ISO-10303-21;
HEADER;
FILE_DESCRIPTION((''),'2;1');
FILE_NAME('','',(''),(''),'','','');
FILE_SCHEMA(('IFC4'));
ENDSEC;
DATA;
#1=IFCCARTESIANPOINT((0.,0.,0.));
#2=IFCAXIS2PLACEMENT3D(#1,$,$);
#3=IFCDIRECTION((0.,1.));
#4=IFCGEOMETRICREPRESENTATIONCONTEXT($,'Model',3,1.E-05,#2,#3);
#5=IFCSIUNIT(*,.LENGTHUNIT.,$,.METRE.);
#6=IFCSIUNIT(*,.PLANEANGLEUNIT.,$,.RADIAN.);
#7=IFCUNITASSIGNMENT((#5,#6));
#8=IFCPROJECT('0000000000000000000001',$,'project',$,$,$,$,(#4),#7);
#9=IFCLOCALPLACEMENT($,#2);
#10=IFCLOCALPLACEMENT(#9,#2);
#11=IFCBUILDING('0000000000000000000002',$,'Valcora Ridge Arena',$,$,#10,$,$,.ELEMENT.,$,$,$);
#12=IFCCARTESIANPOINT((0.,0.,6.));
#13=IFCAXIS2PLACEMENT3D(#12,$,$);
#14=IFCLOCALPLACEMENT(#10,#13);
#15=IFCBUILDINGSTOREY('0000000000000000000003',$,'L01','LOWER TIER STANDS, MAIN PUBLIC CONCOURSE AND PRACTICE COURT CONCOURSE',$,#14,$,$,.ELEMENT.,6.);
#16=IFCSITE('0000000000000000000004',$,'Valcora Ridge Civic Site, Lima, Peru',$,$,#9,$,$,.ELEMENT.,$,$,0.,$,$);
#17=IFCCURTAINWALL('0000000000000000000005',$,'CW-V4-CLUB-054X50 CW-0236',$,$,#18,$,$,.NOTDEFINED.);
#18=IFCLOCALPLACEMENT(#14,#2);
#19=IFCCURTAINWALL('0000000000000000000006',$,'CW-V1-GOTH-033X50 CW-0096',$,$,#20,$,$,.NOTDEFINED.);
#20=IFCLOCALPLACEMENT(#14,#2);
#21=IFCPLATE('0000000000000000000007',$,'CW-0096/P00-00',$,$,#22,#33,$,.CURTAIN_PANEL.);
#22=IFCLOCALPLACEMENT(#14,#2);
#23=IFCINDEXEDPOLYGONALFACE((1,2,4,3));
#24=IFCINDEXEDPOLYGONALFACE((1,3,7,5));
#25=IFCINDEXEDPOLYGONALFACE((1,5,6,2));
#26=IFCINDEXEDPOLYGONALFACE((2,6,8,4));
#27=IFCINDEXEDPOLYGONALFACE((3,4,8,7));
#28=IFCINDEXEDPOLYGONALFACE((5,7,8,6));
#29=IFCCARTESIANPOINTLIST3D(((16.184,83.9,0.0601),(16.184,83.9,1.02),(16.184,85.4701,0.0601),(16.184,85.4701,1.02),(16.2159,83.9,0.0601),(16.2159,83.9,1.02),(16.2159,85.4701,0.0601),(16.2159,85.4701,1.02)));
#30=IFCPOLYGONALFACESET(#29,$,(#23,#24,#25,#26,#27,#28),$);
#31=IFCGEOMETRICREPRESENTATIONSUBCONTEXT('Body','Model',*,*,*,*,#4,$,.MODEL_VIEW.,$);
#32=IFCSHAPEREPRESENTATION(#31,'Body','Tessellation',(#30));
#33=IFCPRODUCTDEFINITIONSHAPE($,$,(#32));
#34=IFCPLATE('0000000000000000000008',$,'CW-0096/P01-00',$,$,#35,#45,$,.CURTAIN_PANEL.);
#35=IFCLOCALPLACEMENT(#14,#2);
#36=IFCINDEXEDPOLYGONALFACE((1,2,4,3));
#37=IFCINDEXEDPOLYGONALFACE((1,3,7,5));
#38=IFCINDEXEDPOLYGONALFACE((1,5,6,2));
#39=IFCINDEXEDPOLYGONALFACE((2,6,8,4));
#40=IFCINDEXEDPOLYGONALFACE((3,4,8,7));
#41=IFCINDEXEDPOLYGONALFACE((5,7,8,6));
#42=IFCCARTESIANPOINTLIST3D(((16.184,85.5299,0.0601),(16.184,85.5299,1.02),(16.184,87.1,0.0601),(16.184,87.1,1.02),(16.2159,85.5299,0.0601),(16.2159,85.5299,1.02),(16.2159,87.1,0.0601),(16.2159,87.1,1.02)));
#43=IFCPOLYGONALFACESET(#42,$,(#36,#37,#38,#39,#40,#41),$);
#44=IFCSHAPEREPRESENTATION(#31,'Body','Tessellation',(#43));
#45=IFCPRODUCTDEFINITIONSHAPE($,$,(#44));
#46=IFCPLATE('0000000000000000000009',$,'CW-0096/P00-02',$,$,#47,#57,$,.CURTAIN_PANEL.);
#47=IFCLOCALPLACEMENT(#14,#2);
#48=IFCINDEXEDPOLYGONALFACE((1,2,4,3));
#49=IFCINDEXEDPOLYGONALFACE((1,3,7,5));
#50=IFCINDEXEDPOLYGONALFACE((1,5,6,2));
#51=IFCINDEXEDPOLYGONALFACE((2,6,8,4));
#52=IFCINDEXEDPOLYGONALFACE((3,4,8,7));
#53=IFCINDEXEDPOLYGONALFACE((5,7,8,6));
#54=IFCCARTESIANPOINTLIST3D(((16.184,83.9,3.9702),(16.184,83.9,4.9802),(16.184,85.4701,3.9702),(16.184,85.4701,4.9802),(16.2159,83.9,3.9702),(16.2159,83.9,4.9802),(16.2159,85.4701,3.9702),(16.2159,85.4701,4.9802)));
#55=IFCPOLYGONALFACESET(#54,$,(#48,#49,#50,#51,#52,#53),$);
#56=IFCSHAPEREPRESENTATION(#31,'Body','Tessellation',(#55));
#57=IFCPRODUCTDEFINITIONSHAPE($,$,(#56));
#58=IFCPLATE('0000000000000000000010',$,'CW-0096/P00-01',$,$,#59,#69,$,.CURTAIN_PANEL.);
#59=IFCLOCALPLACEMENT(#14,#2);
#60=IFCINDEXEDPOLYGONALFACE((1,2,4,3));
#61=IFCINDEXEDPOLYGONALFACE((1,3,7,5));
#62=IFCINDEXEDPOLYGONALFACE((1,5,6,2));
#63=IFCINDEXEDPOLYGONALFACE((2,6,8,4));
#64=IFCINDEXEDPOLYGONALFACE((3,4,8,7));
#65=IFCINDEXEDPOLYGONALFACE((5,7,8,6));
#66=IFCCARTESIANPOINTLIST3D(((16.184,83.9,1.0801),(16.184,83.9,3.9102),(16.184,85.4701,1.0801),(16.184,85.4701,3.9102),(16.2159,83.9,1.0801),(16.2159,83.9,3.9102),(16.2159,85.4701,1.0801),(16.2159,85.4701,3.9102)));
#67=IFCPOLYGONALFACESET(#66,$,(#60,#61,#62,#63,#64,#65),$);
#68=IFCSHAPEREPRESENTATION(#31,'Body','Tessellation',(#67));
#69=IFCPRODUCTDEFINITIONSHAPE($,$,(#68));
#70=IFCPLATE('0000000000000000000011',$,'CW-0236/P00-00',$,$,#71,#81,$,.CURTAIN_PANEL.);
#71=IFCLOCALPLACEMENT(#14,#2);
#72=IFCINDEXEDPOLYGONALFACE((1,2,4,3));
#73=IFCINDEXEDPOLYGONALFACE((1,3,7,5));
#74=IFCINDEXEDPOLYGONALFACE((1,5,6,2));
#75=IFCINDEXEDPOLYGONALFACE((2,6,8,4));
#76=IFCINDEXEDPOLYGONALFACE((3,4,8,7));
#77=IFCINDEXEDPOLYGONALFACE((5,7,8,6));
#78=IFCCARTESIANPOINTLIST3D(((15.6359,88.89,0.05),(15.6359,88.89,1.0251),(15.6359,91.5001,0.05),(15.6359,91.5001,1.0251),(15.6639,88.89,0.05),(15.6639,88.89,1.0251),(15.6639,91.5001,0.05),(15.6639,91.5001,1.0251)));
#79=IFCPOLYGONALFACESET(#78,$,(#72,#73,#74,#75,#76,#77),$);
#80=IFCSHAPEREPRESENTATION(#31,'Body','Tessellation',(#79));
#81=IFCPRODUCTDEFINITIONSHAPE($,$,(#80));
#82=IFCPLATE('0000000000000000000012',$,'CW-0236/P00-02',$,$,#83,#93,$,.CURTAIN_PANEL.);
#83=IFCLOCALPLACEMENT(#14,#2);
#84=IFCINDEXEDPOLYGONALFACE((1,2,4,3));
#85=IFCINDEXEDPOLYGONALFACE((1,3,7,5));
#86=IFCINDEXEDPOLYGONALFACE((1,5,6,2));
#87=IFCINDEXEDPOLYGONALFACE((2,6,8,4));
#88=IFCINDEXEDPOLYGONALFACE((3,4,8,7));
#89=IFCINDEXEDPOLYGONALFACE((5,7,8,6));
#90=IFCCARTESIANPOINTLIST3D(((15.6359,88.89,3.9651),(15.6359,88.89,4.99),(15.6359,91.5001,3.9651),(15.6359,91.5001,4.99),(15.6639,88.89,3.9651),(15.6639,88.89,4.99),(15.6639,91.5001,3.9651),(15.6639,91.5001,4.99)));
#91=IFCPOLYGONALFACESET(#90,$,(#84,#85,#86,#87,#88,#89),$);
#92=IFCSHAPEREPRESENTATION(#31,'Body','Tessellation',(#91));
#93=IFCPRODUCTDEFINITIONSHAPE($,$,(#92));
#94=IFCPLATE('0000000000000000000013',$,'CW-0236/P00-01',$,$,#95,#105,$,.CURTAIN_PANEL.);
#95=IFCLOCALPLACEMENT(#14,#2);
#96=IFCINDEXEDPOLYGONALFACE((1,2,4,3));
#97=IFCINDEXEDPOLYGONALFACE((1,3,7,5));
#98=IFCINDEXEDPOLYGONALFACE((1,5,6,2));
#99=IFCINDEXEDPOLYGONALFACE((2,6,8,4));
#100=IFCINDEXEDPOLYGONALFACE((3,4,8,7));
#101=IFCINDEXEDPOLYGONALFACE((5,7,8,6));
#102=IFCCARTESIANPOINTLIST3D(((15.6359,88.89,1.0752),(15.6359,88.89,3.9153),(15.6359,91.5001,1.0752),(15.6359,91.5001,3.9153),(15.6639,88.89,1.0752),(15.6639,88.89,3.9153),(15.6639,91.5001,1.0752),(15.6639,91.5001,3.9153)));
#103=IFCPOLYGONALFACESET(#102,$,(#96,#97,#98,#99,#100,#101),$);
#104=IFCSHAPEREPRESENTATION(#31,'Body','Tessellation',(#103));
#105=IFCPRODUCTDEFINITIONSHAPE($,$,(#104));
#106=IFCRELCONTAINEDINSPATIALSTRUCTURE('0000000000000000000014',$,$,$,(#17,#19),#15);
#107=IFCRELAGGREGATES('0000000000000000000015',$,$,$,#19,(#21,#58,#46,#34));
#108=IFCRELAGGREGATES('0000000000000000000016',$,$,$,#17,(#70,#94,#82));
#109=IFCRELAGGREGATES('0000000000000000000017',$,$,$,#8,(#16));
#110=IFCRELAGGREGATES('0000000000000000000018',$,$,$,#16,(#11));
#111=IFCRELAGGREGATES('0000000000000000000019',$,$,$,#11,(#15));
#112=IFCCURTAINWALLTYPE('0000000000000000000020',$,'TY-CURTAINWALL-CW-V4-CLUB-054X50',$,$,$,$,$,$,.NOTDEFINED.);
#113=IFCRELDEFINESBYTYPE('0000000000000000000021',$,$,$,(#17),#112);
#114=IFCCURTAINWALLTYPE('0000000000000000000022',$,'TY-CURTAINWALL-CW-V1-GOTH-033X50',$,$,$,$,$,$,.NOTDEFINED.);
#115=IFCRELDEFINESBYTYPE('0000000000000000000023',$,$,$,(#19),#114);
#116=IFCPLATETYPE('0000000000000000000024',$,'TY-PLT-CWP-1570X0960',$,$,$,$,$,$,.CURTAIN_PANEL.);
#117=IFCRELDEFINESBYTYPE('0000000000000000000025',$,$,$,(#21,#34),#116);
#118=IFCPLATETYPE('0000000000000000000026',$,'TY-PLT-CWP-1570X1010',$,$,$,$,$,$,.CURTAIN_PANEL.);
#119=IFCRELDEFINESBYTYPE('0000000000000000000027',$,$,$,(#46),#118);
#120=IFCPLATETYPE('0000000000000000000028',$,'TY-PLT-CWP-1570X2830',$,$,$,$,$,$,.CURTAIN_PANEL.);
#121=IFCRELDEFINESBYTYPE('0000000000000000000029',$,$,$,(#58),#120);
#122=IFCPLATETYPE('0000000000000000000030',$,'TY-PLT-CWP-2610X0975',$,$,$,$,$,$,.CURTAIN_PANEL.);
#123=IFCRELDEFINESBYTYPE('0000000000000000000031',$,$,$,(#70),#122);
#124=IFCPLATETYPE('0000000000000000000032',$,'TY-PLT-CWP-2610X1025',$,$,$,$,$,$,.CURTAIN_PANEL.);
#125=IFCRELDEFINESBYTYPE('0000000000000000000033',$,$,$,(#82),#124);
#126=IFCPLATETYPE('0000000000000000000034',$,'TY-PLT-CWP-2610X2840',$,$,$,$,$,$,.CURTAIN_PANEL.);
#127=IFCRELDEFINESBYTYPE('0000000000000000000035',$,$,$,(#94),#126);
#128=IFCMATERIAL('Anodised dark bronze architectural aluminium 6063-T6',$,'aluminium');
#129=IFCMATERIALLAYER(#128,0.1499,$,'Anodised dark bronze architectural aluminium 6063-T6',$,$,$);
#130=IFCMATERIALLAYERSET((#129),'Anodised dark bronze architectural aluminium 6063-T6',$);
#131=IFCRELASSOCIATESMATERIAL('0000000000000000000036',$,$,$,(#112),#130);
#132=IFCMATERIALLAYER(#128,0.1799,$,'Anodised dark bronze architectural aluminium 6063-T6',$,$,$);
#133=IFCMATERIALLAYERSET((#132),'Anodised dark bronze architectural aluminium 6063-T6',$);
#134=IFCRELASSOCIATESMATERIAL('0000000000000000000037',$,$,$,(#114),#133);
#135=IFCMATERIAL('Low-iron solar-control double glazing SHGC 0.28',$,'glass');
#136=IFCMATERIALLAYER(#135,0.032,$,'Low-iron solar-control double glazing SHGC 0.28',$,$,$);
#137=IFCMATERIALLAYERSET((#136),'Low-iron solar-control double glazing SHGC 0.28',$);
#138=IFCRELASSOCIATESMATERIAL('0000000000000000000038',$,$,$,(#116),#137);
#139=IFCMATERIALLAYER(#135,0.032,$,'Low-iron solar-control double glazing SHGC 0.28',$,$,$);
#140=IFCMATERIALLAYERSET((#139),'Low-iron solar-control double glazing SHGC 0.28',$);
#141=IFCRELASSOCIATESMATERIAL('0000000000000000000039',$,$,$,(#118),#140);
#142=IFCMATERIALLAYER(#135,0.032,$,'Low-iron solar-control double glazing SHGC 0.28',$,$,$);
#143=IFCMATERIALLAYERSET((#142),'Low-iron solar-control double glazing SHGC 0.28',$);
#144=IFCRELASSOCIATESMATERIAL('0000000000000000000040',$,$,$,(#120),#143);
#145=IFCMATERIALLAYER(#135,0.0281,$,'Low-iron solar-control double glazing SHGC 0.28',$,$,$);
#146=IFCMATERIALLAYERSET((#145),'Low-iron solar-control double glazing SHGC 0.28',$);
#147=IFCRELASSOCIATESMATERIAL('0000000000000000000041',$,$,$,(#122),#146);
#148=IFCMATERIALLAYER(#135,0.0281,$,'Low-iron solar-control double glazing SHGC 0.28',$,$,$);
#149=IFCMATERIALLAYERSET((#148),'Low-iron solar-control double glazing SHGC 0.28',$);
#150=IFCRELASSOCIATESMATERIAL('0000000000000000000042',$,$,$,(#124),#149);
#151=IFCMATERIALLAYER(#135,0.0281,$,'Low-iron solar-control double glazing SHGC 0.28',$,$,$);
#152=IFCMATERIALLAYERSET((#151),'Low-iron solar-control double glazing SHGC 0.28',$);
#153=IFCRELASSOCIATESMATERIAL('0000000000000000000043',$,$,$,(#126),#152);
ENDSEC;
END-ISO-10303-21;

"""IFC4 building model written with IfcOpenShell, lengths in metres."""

from ifc_helpers import new_model, si_unit, direction, frame, origin, origin_2d, place, context, subcontext, project, spatial, rectangle, extrude, material, layer, layer_set, type_object, element, aggregate, save


model = new_model("IFC4")

# Units and contexts
model_context = context("Model", 3, precision=1e-05, world=origin(), true_north=direction((0.0, 1.0)))
body_context = subcontext(model_context, "Body", "Model", "MODEL_VIEW")
ifc_project = project(units=[si_unit("LENGTHUNIT", "METRE"), si_unit("PLANEANGLEUNIT", "RADIAN")], contexts=[model_context])

# Site, building, storey
site_placement = place(None, origin())
site = spatial("IfcSite", under=ifc_project, at=site_placement, Name="Valcora Ridge Civic Site, Lima, Peru", CompositionType="ELEMENT", RefElevation=0.0)
building_placement = place(site_placement, origin())
building = spatial("IfcBuilding", under=site, at=building_placement, Name="Valcora Ridge Arena", CompositionType="ELEMENT")
storey_placement = place(building_placement, frame((0.0, 0.0, 6.0)))
storey = spatial("IfcBuildingStorey", under=building, at=storey_placement, Name="L01", Description="LOWER TIER STANDS, MAIN PUBLIC CONCOURSE AND PRACTICE COURT CONCOURSE", CompositionType="ELEMENT", Elevation=6.0)

# Curtain walls
ifc_material_1 = material(Name="Anodised dark bronze architectural aluminium 6063-T6", Category="aluminium")
ifc_layer_1 = layer(ifc_material_1, 0.1499, Name="Anodised dark bronze architectural aluminium 6063-T6")
ifc_layer_set_1 = layer_set([ifc_layer_1], Name="Anodised dark bronze architectural aluminium 6063-T6")
curtain_wall_type_1 = type_object("IfcCurtainWallType", Name="TY-CURTAINWALL-CW-V4-CLUB-054X50", PredefinedType="NOTDEFINED", material=ifc_layer_set_1)
curtain_wall_1_placement = place(storey_placement, origin())
curtain_wall_1 = element("IfcCurtainWall", 1, at=curtain_wall_1_placement, inside=storey, type_object=curtain_wall_type_1, Name="CW-V4-CLUB-054X50 CW-0236", PredefinedType="NOTDEFINED")
ifc_layer_2 = layer(ifc_material_1, 0.1799, Name="Anodised dark bronze architectural aluminium 6063-T6")
ifc_layer_set_2 = layer_set([ifc_layer_2], Name="Anodised dark bronze architectural aluminium 6063-T6")
curtain_wall_type_2 = type_object("IfcCurtainWallType", Name="TY-CURTAINWALL-CW-V1-GOTH-033X50", PredefinedType="NOTDEFINED", material=ifc_layer_set_2)
curtain_wall_2_placement = place(storey_placement, origin())
curtain_wall_2 = element("IfcCurtainWall", 2, at=curtain_wall_2_placement, inside=storey, type_object=curtain_wall_type_2, Name="CW-V1-GOTH-033X50 CW-0096", PredefinedType="NOTDEFINED")

# Plates
ifc_material_2 = material(Name="Low-iron solar-control double glazing SHGC 0.28", Category="glass")
ifc_layer_3 = layer(ifc_material_2, 0.032, Name="Low-iron solar-control double glazing SHGC 0.28")
ifc_layer_set_3 = layer_set([ifc_layer_3], Name="Low-iron solar-control double glazing SHGC 0.28")
plate_type_1 = type_object("IfcPlateType", Name="TY-PLT-CWP-1570X0960", PredefinedType="CURTAIN_PANEL", material=ifc_layer_set_3)
plate_1_placement = place(storey_placement, frame((16.2, 84.6851, 0.0601), z_axis=(0.0, 0.0, 1.0), x_axis=(0.0, 1.0, 0.0)))
plate_1 = element("IfcPlate", 3, at=plate_1_placement, type_object=plate_type_1, Name="CW-0096/P00-00", PredefinedType="CURTAIN_PANEL", context=body_context, shape_type="SweptSolid", body=[
    extrude(rectangle(XDim=1.5701, YDim=0.032, at=origin_2d()), origin(), (0.0, 0.0, 1.0), 0.96),
])
plate_2_placement = place(storey_placement, frame((16.2, 86.3149, 0.0601), z_axis=(0.0, 0.0, 1.0), x_axis=(0.0, 1.0, 0.0)))
plate_2 = element("IfcPlate", 4, at=plate_2_placement, type_object=plate_type_1, Name="CW-0096/P01-00", PredefinedType="CURTAIN_PANEL", context=body_context, shape_type="SweptSolid", body=[
    extrude(rectangle(XDim=1.5701, YDim=0.032, at=origin_2d()), origin(), (0.0, 0.0, 1.0), 0.96),
])
ifc_layer_4 = layer(ifc_material_2, 0.032, Name="Low-iron solar-control double glazing SHGC 0.28")
ifc_layer_set_4 = layer_set([ifc_layer_4], Name="Low-iron solar-control double glazing SHGC 0.28")
plate_type_2 = type_object("IfcPlateType", Name="TY-PLT-CWP-1570X1010", PredefinedType="CURTAIN_PANEL", material=ifc_layer_set_4)
plate_3_placement = place(storey_placement, frame((16.2, 84.6851, 3.9702), z_axis=(0.0, 0.0, 1.0), x_axis=(0.0, 1.0, 0.0)))
plate_3 = element("IfcPlate", 5, at=plate_3_placement, type_object=plate_type_2, Name="CW-0096/P00-02", PredefinedType="CURTAIN_PANEL", context=body_context, shape_type="SweptSolid", body=[
    extrude(rectangle(XDim=1.5701, YDim=0.032, at=origin_2d()), origin(), (0.0, 0.0, 1.0), 1.01),
])
ifc_layer_5 = layer(ifc_material_2, 0.032, Name="Low-iron solar-control double glazing SHGC 0.28")
ifc_layer_set_5 = layer_set([ifc_layer_5], Name="Low-iron solar-control double glazing SHGC 0.28")
plate_type_3 = type_object("IfcPlateType", Name="TY-PLT-CWP-1570X2830", PredefinedType="CURTAIN_PANEL", material=ifc_layer_set_5)
plate_4_placement = place(storey_placement, frame((16.2, 84.6851, 1.0801), z_axis=(0.0, 0.0, 1.0), x_axis=(0.0, 1.0, 0.0)))
plate_4 = element("IfcPlate", 6, at=plate_4_placement, type_object=plate_type_3, Name="CW-0096/P00-01", PredefinedType="CURTAIN_PANEL", context=body_context, shape_type="SweptSolid", body=[
    extrude(rectangle(XDim=1.5701, YDim=0.032, at=origin_2d()), origin(), (0.0, 0.0, 1.0), 2.8301),
])
aggregate(curtain_wall_2, [plate_1, plate_4, plate_3, plate_2])
ifc_layer_6 = layer(ifc_material_2, 0.0281, Name="Low-iron solar-control double glazing SHGC 0.28")
ifc_layer_set_6 = layer_set([ifc_layer_6], Name="Low-iron solar-control double glazing SHGC 0.28")
plate_type_4 = type_object("IfcPlateType", Name="TY-PLT-CWP-2610X0975", PredefinedType="CURTAIN_PANEL", material=ifc_layer_set_6)
plate_5_placement = place(storey_placement, frame((15.6499, 90.1951, 0.05), z_axis=(0.0, 0.0, 1.0), x_axis=(0.0, 1.0, 0.0)))
plate_5 = element("IfcPlate", 7, at=plate_5_placement, type_object=plate_type_4, Name="CW-0236/P00-00", PredefinedType="CURTAIN_PANEL", context=body_context, shape_type="SweptSolid", body=[
    extrude(rectangle(XDim=2.6101, YDim=0.0281, at=origin_2d()), origin(), (0.0, 0.0, 1.0), 0.9751),
])
ifc_layer_7 = layer(ifc_material_2, 0.0281, Name="Low-iron solar-control double glazing SHGC 0.28")
ifc_layer_set_7 = layer_set([ifc_layer_7], Name="Low-iron solar-control double glazing SHGC 0.28")
plate_type_5 = type_object("IfcPlateType", Name="TY-PLT-CWP-2610X1025", PredefinedType="CURTAIN_PANEL", material=ifc_layer_set_7)
plate_6_placement = place(storey_placement, frame((15.6499, 90.1951, 3.9651), z_axis=(0.0, 0.0, 1.0), x_axis=(0.0, 1.0, 0.0)))
plate_6 = element("IfcPlate", 8, at=plate_6_placement, type_object=plate_type_5, Name="CW-0236/P00-02", PredefinedType="CURTAIN_PANEL", context=body_context, shape_type="SweptSolid", body=[
    extrude(rectangle(XDim=2.6101, YDim=0.0281, at=origin_2d()), origin(), (0.0, 0.0, 1.0), 1.0249),
])
ifc_layer_8 = layer(ifc_material_2, 0.0281, Name="Low-iron solar-control double glazing SHGC 0.28")
ifc_layer_set_8 = layer_set([ifc_layer_8], Name="Low-iron solar-control double glazing SHGC 0.28")
plate_type_6 = type_object("IfcPlateType", Name="TY-PLT-CWP-2610X2840", PredefinedType="CURTAIN_PANEL", material=ifc_layer_set_8)
plate_7_placement = place(storey_placement, frame((15.6499, 90.1951, 1.0752), z_axis=(0.0, 0.0, 1.0), x_axis=(0.0, 1.0, 0.0)))
plate_7 = element("IfcPlate", 9, at=plate_7_placement, type_object=plate_type_6, Name="CW-0236/P00-01", PredefinedType="CURTAIN_PANEL", context=body_context, shape_type="SweptSolid", body=[
    extrude(rectangle(XDim=2.6101, YDim=0.0281, at=origin_2d()), origin(), (0.0, 0.0, 1.0), 2.8401),
])
aggregate(curtain_wall_1, [plate_5, plate_7, plate_6])

save(model, "model.ifc")
